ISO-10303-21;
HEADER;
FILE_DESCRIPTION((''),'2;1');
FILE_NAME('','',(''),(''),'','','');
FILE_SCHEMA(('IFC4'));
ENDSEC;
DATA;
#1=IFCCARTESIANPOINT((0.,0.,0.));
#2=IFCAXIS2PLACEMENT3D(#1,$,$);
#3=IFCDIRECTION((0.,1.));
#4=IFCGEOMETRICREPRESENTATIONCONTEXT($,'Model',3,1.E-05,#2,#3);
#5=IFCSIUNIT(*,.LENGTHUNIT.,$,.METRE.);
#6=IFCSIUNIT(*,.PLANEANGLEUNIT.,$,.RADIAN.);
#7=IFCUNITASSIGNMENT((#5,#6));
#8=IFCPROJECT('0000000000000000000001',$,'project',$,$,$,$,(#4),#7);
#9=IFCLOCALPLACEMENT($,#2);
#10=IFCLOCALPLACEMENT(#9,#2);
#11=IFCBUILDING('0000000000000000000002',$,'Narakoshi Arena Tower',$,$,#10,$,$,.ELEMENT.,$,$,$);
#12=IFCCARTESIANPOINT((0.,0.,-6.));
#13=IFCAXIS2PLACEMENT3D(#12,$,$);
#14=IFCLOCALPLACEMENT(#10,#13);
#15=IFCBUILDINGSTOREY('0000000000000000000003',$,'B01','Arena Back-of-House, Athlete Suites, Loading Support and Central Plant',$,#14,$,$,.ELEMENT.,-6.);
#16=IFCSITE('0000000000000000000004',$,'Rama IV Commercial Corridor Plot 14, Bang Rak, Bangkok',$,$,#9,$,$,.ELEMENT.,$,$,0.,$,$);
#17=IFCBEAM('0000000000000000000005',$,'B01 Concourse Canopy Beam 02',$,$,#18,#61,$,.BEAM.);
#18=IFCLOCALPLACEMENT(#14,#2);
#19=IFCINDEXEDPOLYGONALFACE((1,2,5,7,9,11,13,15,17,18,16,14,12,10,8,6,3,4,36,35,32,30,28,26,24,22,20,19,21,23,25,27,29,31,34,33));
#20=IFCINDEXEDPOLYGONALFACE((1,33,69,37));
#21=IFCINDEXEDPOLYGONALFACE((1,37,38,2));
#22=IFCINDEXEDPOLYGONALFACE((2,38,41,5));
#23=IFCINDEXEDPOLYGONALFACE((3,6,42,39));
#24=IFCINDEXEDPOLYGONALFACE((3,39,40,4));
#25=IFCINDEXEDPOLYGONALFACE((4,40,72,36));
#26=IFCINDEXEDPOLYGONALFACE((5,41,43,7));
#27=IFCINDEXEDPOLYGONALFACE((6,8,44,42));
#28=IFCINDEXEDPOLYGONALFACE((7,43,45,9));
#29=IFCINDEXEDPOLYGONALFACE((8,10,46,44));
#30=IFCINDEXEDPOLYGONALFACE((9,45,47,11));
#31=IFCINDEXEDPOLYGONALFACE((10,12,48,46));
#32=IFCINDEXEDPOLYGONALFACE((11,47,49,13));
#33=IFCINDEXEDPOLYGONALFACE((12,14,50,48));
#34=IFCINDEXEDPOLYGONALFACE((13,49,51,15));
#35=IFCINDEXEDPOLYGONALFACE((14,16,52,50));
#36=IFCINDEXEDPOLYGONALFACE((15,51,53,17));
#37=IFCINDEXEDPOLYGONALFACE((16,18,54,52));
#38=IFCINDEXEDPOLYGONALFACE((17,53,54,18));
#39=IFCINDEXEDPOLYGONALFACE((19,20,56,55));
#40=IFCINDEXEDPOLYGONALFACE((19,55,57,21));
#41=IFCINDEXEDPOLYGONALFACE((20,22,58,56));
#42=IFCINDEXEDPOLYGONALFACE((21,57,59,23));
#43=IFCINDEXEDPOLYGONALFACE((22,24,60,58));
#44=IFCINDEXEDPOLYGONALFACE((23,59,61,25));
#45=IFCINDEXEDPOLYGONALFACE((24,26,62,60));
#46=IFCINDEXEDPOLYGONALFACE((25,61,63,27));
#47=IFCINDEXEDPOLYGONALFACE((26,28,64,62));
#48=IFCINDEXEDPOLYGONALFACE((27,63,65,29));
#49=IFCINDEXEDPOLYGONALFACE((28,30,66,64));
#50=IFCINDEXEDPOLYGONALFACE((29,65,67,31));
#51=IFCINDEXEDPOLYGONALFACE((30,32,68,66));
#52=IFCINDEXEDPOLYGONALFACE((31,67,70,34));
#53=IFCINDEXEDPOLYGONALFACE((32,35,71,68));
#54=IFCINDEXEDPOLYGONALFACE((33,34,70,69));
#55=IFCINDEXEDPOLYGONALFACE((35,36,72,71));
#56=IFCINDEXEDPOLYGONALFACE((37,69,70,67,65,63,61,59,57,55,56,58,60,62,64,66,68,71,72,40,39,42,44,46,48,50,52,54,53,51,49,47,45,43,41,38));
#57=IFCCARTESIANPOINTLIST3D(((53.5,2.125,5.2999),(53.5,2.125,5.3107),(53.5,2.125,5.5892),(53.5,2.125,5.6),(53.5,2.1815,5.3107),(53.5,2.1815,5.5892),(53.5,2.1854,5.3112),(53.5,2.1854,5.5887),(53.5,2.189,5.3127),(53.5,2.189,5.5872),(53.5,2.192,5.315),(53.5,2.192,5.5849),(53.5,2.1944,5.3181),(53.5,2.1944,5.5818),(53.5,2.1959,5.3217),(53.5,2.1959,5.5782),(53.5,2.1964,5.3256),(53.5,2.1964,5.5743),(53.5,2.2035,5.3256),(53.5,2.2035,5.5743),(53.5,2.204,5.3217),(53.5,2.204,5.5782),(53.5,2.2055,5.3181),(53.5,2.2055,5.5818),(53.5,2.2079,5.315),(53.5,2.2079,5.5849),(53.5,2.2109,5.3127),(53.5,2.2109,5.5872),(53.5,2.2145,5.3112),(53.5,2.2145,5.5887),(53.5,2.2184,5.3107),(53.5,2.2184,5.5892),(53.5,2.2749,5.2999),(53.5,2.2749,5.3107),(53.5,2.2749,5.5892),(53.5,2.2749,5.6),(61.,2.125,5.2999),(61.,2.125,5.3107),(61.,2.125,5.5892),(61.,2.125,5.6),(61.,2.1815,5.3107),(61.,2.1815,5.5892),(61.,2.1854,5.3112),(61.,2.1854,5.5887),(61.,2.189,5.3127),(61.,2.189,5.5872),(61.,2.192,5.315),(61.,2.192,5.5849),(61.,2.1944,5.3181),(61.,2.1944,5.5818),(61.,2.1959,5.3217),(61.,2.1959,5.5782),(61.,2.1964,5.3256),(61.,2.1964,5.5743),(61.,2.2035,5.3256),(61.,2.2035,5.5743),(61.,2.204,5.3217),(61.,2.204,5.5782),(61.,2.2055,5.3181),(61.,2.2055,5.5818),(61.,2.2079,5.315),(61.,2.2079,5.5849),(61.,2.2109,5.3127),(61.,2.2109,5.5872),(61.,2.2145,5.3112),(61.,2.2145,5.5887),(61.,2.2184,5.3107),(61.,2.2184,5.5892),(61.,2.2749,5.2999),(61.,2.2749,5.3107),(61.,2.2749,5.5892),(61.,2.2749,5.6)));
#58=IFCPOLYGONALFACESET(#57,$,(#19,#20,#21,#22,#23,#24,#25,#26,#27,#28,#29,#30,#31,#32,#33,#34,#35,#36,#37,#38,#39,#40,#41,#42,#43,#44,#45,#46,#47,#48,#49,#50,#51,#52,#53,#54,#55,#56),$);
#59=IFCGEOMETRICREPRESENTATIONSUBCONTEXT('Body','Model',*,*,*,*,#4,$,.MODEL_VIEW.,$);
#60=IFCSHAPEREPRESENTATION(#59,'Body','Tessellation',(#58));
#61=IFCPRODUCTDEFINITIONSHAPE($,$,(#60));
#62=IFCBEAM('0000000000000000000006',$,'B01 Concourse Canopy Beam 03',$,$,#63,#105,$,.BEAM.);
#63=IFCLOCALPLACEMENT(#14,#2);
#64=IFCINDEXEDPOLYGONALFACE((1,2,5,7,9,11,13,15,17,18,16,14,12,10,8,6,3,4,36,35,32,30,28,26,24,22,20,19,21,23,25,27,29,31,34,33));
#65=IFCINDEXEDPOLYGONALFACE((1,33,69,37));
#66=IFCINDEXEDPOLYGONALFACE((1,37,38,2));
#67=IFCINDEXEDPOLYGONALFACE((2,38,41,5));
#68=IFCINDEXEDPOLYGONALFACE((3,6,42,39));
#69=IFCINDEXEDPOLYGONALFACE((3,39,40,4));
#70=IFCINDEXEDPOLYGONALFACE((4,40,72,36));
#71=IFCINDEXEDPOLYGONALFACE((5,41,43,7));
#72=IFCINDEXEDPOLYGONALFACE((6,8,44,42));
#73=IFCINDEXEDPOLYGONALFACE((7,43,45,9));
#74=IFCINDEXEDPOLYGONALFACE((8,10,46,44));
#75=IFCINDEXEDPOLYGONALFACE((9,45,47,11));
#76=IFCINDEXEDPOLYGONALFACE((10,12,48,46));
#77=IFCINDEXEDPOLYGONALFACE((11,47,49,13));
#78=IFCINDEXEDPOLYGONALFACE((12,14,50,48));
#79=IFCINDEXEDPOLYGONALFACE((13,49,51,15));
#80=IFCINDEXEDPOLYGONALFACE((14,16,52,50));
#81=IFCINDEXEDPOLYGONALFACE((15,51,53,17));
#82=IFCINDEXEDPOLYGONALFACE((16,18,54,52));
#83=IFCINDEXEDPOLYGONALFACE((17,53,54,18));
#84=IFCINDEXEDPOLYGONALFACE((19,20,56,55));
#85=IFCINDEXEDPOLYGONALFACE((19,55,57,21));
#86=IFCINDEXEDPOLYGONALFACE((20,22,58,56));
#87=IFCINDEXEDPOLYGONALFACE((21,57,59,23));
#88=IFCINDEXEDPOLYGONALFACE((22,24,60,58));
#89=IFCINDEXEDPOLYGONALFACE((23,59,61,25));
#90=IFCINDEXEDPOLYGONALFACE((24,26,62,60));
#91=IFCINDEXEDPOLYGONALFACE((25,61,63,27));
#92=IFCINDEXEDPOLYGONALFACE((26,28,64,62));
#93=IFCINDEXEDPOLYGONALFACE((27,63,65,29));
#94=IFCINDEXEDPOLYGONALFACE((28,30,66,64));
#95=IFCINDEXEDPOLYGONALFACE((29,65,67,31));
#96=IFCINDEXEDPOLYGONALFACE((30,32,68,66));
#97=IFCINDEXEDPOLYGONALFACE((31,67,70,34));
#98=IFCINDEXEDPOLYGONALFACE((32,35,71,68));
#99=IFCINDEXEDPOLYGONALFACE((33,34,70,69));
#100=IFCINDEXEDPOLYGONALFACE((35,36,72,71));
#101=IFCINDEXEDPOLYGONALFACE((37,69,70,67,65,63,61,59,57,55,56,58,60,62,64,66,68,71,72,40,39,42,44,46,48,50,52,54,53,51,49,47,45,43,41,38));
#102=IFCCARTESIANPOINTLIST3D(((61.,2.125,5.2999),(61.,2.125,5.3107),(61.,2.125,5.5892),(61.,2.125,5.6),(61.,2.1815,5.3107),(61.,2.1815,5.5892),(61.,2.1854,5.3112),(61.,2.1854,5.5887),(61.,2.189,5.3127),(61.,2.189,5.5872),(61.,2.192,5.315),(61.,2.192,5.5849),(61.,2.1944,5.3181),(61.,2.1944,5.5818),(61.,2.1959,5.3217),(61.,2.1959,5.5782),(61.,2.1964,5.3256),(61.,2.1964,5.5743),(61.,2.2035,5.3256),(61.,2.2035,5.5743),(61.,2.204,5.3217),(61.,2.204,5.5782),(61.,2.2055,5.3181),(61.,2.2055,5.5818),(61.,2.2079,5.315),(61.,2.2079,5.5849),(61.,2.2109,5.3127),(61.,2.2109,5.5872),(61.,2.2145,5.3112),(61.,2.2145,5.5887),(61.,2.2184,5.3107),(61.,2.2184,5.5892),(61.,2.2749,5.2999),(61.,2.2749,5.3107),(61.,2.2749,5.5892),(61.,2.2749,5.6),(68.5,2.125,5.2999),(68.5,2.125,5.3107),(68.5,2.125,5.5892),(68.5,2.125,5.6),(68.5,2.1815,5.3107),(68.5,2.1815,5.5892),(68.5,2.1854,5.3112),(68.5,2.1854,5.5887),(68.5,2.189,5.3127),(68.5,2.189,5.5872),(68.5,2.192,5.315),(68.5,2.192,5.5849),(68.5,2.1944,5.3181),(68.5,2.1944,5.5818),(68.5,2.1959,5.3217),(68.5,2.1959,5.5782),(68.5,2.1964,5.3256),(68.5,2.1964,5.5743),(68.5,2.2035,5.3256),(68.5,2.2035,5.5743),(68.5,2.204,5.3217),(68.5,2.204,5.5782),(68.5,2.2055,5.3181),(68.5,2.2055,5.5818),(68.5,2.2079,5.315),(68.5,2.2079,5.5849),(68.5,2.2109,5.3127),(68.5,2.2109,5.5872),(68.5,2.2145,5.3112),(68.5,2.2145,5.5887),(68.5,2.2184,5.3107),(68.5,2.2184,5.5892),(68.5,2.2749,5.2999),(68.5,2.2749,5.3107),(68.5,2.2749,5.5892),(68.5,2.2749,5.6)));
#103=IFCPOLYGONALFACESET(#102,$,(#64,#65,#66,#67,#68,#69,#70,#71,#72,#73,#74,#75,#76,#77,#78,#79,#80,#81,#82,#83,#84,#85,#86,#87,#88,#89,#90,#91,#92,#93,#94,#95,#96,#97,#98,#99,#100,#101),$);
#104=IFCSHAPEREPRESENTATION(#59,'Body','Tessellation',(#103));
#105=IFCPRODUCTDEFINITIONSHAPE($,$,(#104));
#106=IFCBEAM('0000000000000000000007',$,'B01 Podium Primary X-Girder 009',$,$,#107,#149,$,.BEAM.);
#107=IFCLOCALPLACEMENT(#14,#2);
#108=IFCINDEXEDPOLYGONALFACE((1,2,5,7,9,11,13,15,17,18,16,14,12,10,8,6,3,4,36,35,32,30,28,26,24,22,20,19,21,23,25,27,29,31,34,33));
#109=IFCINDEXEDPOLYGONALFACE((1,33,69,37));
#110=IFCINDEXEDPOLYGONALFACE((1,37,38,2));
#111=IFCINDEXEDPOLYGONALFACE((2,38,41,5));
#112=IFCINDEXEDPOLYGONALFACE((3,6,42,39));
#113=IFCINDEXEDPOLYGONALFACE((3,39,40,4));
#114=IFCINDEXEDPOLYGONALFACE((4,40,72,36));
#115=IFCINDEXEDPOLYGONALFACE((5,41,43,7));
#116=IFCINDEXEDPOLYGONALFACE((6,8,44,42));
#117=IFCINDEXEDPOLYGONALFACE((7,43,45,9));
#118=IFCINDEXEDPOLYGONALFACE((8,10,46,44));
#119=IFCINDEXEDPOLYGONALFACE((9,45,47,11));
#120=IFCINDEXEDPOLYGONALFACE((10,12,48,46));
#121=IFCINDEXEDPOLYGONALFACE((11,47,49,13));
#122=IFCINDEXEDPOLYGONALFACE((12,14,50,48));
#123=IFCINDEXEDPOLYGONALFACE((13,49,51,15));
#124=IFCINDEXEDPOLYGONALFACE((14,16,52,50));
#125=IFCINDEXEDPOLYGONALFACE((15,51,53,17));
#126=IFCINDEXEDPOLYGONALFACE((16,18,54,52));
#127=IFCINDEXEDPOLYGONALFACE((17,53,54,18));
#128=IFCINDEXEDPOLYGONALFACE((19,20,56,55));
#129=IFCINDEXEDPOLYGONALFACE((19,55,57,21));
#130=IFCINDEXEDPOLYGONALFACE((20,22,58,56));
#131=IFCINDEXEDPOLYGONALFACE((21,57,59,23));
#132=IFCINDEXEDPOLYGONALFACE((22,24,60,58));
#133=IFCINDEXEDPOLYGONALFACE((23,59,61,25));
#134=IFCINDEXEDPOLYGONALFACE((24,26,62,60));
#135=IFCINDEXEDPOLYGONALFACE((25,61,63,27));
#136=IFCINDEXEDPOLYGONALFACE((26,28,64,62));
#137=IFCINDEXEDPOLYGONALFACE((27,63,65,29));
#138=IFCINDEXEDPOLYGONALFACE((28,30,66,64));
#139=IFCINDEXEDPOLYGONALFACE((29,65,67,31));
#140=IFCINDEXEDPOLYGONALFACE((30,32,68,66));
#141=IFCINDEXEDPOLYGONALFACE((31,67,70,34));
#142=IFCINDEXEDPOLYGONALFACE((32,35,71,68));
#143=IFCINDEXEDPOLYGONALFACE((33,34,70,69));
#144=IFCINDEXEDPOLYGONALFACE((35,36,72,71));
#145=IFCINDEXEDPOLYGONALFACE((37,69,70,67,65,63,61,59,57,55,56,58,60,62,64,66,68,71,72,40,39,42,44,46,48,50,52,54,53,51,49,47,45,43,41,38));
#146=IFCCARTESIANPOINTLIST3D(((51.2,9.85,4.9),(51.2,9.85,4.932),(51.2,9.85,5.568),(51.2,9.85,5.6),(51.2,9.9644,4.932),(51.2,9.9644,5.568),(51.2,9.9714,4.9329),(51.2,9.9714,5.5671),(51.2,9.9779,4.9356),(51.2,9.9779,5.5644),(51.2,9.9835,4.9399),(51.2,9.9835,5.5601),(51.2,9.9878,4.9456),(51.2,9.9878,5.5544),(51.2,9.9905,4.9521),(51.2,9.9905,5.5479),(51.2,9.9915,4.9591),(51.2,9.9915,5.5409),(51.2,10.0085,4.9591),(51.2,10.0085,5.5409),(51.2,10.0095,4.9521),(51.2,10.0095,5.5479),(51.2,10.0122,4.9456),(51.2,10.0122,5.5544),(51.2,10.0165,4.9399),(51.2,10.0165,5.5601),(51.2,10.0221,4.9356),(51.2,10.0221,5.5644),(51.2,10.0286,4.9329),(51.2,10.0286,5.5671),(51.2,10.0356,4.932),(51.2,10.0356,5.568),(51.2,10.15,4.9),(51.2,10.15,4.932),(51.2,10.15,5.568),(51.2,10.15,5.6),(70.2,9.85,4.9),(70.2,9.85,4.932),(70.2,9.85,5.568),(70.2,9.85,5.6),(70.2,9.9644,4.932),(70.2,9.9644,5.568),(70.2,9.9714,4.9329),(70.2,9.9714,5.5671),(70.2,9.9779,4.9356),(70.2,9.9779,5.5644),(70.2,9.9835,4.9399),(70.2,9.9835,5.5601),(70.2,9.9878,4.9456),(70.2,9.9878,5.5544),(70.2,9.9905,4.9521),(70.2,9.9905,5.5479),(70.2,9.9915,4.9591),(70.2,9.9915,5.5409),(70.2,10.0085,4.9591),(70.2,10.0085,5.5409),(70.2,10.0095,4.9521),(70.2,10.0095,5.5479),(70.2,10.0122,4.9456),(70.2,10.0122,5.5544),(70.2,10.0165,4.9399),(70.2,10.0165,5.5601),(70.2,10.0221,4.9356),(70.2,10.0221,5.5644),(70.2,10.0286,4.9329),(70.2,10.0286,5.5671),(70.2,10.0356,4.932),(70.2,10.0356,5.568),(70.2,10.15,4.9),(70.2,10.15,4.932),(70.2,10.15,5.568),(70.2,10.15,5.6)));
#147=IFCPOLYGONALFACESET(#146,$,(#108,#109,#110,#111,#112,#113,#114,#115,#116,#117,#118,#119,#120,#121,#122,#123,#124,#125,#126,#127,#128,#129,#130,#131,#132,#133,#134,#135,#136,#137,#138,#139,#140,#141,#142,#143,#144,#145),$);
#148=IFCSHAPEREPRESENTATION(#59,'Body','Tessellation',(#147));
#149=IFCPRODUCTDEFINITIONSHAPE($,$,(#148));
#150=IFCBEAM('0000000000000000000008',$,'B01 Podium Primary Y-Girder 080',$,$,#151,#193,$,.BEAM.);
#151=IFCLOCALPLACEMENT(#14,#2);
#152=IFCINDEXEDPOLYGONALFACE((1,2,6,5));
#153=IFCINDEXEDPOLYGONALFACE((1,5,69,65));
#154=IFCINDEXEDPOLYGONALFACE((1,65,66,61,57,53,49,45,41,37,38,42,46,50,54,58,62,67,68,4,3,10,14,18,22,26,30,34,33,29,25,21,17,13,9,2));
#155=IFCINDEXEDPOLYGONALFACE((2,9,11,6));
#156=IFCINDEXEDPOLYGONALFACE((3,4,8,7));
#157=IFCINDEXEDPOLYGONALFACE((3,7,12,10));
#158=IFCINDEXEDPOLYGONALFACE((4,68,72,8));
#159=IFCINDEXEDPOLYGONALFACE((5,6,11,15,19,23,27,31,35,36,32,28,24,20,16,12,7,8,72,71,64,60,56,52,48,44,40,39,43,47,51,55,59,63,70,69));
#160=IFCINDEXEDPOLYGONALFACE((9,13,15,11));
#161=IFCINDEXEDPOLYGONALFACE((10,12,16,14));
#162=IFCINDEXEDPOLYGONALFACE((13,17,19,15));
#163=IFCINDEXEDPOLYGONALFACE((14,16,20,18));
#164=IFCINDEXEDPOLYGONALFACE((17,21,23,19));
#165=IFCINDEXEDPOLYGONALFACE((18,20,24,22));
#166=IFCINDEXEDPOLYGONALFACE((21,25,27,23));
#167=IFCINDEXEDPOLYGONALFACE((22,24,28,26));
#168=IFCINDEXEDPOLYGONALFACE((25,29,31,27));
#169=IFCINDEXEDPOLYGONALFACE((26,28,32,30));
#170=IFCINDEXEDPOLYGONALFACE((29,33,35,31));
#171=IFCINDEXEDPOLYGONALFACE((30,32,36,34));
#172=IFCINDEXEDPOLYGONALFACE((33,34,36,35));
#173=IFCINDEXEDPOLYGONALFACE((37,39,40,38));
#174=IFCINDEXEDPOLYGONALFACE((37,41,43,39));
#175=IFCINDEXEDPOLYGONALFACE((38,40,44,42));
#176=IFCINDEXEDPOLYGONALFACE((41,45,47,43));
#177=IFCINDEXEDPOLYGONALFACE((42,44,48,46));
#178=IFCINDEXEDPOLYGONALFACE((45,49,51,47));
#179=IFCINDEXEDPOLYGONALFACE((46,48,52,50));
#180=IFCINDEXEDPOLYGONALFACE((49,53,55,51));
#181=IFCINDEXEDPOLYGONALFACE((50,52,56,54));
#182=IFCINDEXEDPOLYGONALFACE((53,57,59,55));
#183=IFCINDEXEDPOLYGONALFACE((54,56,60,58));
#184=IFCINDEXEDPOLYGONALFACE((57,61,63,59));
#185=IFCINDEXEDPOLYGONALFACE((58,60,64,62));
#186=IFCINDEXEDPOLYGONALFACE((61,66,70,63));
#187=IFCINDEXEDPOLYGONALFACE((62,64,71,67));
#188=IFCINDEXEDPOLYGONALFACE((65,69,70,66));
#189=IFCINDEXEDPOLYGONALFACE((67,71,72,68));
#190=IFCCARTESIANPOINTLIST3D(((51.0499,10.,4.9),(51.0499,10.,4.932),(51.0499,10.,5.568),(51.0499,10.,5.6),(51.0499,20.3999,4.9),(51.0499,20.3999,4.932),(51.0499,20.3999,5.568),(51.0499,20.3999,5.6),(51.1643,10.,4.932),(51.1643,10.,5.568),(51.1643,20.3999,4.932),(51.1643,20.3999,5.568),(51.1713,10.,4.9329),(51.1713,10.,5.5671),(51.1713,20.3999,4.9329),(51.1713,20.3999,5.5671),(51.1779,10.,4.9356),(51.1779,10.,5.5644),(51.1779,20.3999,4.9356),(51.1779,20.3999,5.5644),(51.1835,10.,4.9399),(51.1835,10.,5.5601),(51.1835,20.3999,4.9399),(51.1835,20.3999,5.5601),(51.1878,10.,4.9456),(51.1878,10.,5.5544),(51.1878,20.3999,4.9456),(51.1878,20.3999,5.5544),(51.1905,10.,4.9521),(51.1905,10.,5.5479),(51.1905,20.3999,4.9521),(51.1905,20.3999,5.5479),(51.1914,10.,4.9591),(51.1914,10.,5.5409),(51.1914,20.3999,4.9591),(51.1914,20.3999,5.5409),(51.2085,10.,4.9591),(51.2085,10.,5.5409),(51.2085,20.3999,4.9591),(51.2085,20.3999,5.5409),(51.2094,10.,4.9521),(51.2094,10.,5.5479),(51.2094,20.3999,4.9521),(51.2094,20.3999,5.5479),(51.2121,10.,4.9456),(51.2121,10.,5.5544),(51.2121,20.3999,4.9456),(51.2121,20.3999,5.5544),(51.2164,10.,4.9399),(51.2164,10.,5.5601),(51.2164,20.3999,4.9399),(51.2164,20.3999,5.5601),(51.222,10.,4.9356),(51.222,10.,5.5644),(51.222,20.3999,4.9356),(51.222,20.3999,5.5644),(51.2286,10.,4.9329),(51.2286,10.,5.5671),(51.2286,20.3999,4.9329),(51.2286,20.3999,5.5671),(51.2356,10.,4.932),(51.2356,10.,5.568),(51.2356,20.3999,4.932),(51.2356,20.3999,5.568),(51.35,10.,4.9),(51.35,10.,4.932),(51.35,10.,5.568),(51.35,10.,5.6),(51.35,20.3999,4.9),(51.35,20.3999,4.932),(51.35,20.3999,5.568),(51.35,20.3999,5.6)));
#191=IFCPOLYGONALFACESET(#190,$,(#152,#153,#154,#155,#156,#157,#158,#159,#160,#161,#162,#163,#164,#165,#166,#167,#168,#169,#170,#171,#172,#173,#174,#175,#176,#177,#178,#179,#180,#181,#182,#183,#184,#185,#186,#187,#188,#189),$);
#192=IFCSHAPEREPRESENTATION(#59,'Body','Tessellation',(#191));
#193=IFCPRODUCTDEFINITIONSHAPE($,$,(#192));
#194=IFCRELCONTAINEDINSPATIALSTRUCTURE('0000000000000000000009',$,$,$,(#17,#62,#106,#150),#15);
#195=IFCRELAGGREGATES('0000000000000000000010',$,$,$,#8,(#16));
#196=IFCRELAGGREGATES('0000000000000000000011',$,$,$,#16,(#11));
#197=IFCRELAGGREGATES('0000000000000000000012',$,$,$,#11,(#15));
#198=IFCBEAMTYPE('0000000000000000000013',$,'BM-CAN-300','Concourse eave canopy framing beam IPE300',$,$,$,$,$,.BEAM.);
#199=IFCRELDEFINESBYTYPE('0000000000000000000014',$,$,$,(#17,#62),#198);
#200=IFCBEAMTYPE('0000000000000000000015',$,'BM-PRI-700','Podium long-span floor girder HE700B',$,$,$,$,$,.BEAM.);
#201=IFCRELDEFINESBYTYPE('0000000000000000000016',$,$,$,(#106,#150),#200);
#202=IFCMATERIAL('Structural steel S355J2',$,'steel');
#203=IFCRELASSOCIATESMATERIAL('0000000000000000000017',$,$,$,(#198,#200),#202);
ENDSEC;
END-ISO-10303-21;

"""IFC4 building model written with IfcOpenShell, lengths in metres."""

from ifc_helpers import new_model, si_unit, direction, frame, origin, origin_2d, place, context, subcontext, project, spatial, i_section, extrude, material, material_profile, profile_set, type_object, element, save


model = new_model("IFC4")

# Units and contexts
model_context = context("Model", 3, precision=1e-05, world=origin(), true_north=direction((0.0, 1.0)))
body_context = subcontext(model_context, "Body", "Model", "MODEL_VIEW")
ifc_project = project(units=[si_unit("LENGTHUNIT", "METRE"), si_unit("PLANEANGLEUNIT", "RADIAN")], contexts=[model_context])

# Site, building, storey
site_placement = place(None, origin())
site = spatial("IfcSite", under=ifc_project, at=site_placement, Name="Rama IV Commercial Corridor Plot 14, Bang Rak, Bangkok", CompositionType="ELEMENT", RefElevation=0.0)
building_placement = place(site_placement, origin())
building = spatial("IfcBuilding", under=site, at=building_placement, Name="Narakoshi Arena Tower", CompositionType="ELEMENT")
storey_placement = place(building_placement, frame((0.0, 0.0, -6.0)))
storey = spatial("IfcBuildingStorey", under=building, at=storey_placement, Name="B01", Description="Arena Back-of-House, Athlete Suites, Loading Support and Central Plant", CompositionType="ELEMENT", Elevation=-6.0)

# Shared definitions
ifc_material_1 = material(Name="Structural steel S355J2", Category="steel")

# Beams
ifc_material_profile_1 = material_profile(ifc_material_1, i_section(OverallWidth=0.1499, OverallDepth=0.3, WebThickness=0.0071, FlangeThickness=0.0107, FilletRadius=0.0149, at=origin_2d()), Name="IPE300")
ifc_profile_set_1 = profile_set([ifc_material_profile_1], Name="Structural steel S355J2")
beam_type_1 = type_object("IfcBeamType", Name="BM-CAN-300", Description="Concourse eave canopy framing beam IPE300", PredefinedType="BEAM", material=ifc_profile_set_1)
for number, where, z_axis, x_axis, name in (
    (1, (53.5, 2.2, 5.45), (1.0, 0.0, 0.0), (0.0, 1.0, 0.0), "B01 Concourse Canopy Beam 02"),
    (2, (61.0, 2.2, 5.45), (1.0, 0.0, 0.0), (0.0, 1.0, 0.0), "B01 Concourse Canopy Beam 03"),
):
    element("IfcBeam", number, at=place(storey_placement, frame(where, z_axis=z_axis, x_axis=x_axis)), inside=storey, type_object=beam_type_1, Name=name, PredefinedType="BEAM", context=body_context, shape_type="SweptSolid", body=[
        extrude(i_section(OverallWidth=0.1499, OverallDepth=0.3, WebThickness=0.0071, FlangeThickness=0.0107, FilletRadius=0.0149, at=origin_2d()), origin(), (0.0, 0.0, 1.0), 7.5),
    ])
ifc_material_profile_2 = material_profile(ifc_material_1, i_section(OverallWidth=0.3, OverallDepth=0.7, WebThickness=0.0171, FlangeThickness=0.032, FilletRadius=0.0271, at=origin_2d()), Name="HE700B")
ifc_profile_set_2 = profile_set([ifc_material_profile_2], Name="Structural steel S355J2")
beam_type_2 = type_object("IfcBeamType", Name="BM-PRI-700", Description="Podium long-span floor girder HE700B", PredefinedType="BEAM", material=ifc_profile_set_2)
beam_1_placement = place(storey_placement, frame((51.2, 10.0, 5.25), z_axis=(1.0, 0.0, 0.0), x_axis=(0.0, 1.0, 0.0)))
element("IfcBeam", 3, at=beam_1_placement, inside=storey, type_object=beam_type_2, Name="B01 Podium Primary X-Girder 009", PredefinedType="BEAM", context=body_context, shape_type="SweptSolid", body=[
    extrude(i_section(OverallWidth=0.3, OverallDepth=0.7, WebThickness=0.0171, FlangeThickness=0.032, FilletRadius=0.0271, at=origin_2d()), origin(), (0.0, 0.0, 1.0), 19.0),
])
beam_2_placement = place(storey_placement, frame((51.2, 10.0, 5.25), z_axis=(0.0, 1.0, 0.0), x_axis=(-1.0, 0.0, 0.0)))
element("IfcBeam", 4, at=beam_2_placement, inside=storey, type_object=beam_type_2, Name="B01 Podium Primary Y-Girder 080", PredefinedType="BEAM", context=body_context, shape_type="SweptSolid", body=[
    extrude(i_section(OverallWidth=0.3, OverallDepth=0.7, WebThickness=0.0171, FlangeThickness=0.032, FilletRadius=0.0271, at=origin_2d()), origin(), (0.0, 0.0, 1.0), 10.3999),
])

save(model, "model.ifc")
